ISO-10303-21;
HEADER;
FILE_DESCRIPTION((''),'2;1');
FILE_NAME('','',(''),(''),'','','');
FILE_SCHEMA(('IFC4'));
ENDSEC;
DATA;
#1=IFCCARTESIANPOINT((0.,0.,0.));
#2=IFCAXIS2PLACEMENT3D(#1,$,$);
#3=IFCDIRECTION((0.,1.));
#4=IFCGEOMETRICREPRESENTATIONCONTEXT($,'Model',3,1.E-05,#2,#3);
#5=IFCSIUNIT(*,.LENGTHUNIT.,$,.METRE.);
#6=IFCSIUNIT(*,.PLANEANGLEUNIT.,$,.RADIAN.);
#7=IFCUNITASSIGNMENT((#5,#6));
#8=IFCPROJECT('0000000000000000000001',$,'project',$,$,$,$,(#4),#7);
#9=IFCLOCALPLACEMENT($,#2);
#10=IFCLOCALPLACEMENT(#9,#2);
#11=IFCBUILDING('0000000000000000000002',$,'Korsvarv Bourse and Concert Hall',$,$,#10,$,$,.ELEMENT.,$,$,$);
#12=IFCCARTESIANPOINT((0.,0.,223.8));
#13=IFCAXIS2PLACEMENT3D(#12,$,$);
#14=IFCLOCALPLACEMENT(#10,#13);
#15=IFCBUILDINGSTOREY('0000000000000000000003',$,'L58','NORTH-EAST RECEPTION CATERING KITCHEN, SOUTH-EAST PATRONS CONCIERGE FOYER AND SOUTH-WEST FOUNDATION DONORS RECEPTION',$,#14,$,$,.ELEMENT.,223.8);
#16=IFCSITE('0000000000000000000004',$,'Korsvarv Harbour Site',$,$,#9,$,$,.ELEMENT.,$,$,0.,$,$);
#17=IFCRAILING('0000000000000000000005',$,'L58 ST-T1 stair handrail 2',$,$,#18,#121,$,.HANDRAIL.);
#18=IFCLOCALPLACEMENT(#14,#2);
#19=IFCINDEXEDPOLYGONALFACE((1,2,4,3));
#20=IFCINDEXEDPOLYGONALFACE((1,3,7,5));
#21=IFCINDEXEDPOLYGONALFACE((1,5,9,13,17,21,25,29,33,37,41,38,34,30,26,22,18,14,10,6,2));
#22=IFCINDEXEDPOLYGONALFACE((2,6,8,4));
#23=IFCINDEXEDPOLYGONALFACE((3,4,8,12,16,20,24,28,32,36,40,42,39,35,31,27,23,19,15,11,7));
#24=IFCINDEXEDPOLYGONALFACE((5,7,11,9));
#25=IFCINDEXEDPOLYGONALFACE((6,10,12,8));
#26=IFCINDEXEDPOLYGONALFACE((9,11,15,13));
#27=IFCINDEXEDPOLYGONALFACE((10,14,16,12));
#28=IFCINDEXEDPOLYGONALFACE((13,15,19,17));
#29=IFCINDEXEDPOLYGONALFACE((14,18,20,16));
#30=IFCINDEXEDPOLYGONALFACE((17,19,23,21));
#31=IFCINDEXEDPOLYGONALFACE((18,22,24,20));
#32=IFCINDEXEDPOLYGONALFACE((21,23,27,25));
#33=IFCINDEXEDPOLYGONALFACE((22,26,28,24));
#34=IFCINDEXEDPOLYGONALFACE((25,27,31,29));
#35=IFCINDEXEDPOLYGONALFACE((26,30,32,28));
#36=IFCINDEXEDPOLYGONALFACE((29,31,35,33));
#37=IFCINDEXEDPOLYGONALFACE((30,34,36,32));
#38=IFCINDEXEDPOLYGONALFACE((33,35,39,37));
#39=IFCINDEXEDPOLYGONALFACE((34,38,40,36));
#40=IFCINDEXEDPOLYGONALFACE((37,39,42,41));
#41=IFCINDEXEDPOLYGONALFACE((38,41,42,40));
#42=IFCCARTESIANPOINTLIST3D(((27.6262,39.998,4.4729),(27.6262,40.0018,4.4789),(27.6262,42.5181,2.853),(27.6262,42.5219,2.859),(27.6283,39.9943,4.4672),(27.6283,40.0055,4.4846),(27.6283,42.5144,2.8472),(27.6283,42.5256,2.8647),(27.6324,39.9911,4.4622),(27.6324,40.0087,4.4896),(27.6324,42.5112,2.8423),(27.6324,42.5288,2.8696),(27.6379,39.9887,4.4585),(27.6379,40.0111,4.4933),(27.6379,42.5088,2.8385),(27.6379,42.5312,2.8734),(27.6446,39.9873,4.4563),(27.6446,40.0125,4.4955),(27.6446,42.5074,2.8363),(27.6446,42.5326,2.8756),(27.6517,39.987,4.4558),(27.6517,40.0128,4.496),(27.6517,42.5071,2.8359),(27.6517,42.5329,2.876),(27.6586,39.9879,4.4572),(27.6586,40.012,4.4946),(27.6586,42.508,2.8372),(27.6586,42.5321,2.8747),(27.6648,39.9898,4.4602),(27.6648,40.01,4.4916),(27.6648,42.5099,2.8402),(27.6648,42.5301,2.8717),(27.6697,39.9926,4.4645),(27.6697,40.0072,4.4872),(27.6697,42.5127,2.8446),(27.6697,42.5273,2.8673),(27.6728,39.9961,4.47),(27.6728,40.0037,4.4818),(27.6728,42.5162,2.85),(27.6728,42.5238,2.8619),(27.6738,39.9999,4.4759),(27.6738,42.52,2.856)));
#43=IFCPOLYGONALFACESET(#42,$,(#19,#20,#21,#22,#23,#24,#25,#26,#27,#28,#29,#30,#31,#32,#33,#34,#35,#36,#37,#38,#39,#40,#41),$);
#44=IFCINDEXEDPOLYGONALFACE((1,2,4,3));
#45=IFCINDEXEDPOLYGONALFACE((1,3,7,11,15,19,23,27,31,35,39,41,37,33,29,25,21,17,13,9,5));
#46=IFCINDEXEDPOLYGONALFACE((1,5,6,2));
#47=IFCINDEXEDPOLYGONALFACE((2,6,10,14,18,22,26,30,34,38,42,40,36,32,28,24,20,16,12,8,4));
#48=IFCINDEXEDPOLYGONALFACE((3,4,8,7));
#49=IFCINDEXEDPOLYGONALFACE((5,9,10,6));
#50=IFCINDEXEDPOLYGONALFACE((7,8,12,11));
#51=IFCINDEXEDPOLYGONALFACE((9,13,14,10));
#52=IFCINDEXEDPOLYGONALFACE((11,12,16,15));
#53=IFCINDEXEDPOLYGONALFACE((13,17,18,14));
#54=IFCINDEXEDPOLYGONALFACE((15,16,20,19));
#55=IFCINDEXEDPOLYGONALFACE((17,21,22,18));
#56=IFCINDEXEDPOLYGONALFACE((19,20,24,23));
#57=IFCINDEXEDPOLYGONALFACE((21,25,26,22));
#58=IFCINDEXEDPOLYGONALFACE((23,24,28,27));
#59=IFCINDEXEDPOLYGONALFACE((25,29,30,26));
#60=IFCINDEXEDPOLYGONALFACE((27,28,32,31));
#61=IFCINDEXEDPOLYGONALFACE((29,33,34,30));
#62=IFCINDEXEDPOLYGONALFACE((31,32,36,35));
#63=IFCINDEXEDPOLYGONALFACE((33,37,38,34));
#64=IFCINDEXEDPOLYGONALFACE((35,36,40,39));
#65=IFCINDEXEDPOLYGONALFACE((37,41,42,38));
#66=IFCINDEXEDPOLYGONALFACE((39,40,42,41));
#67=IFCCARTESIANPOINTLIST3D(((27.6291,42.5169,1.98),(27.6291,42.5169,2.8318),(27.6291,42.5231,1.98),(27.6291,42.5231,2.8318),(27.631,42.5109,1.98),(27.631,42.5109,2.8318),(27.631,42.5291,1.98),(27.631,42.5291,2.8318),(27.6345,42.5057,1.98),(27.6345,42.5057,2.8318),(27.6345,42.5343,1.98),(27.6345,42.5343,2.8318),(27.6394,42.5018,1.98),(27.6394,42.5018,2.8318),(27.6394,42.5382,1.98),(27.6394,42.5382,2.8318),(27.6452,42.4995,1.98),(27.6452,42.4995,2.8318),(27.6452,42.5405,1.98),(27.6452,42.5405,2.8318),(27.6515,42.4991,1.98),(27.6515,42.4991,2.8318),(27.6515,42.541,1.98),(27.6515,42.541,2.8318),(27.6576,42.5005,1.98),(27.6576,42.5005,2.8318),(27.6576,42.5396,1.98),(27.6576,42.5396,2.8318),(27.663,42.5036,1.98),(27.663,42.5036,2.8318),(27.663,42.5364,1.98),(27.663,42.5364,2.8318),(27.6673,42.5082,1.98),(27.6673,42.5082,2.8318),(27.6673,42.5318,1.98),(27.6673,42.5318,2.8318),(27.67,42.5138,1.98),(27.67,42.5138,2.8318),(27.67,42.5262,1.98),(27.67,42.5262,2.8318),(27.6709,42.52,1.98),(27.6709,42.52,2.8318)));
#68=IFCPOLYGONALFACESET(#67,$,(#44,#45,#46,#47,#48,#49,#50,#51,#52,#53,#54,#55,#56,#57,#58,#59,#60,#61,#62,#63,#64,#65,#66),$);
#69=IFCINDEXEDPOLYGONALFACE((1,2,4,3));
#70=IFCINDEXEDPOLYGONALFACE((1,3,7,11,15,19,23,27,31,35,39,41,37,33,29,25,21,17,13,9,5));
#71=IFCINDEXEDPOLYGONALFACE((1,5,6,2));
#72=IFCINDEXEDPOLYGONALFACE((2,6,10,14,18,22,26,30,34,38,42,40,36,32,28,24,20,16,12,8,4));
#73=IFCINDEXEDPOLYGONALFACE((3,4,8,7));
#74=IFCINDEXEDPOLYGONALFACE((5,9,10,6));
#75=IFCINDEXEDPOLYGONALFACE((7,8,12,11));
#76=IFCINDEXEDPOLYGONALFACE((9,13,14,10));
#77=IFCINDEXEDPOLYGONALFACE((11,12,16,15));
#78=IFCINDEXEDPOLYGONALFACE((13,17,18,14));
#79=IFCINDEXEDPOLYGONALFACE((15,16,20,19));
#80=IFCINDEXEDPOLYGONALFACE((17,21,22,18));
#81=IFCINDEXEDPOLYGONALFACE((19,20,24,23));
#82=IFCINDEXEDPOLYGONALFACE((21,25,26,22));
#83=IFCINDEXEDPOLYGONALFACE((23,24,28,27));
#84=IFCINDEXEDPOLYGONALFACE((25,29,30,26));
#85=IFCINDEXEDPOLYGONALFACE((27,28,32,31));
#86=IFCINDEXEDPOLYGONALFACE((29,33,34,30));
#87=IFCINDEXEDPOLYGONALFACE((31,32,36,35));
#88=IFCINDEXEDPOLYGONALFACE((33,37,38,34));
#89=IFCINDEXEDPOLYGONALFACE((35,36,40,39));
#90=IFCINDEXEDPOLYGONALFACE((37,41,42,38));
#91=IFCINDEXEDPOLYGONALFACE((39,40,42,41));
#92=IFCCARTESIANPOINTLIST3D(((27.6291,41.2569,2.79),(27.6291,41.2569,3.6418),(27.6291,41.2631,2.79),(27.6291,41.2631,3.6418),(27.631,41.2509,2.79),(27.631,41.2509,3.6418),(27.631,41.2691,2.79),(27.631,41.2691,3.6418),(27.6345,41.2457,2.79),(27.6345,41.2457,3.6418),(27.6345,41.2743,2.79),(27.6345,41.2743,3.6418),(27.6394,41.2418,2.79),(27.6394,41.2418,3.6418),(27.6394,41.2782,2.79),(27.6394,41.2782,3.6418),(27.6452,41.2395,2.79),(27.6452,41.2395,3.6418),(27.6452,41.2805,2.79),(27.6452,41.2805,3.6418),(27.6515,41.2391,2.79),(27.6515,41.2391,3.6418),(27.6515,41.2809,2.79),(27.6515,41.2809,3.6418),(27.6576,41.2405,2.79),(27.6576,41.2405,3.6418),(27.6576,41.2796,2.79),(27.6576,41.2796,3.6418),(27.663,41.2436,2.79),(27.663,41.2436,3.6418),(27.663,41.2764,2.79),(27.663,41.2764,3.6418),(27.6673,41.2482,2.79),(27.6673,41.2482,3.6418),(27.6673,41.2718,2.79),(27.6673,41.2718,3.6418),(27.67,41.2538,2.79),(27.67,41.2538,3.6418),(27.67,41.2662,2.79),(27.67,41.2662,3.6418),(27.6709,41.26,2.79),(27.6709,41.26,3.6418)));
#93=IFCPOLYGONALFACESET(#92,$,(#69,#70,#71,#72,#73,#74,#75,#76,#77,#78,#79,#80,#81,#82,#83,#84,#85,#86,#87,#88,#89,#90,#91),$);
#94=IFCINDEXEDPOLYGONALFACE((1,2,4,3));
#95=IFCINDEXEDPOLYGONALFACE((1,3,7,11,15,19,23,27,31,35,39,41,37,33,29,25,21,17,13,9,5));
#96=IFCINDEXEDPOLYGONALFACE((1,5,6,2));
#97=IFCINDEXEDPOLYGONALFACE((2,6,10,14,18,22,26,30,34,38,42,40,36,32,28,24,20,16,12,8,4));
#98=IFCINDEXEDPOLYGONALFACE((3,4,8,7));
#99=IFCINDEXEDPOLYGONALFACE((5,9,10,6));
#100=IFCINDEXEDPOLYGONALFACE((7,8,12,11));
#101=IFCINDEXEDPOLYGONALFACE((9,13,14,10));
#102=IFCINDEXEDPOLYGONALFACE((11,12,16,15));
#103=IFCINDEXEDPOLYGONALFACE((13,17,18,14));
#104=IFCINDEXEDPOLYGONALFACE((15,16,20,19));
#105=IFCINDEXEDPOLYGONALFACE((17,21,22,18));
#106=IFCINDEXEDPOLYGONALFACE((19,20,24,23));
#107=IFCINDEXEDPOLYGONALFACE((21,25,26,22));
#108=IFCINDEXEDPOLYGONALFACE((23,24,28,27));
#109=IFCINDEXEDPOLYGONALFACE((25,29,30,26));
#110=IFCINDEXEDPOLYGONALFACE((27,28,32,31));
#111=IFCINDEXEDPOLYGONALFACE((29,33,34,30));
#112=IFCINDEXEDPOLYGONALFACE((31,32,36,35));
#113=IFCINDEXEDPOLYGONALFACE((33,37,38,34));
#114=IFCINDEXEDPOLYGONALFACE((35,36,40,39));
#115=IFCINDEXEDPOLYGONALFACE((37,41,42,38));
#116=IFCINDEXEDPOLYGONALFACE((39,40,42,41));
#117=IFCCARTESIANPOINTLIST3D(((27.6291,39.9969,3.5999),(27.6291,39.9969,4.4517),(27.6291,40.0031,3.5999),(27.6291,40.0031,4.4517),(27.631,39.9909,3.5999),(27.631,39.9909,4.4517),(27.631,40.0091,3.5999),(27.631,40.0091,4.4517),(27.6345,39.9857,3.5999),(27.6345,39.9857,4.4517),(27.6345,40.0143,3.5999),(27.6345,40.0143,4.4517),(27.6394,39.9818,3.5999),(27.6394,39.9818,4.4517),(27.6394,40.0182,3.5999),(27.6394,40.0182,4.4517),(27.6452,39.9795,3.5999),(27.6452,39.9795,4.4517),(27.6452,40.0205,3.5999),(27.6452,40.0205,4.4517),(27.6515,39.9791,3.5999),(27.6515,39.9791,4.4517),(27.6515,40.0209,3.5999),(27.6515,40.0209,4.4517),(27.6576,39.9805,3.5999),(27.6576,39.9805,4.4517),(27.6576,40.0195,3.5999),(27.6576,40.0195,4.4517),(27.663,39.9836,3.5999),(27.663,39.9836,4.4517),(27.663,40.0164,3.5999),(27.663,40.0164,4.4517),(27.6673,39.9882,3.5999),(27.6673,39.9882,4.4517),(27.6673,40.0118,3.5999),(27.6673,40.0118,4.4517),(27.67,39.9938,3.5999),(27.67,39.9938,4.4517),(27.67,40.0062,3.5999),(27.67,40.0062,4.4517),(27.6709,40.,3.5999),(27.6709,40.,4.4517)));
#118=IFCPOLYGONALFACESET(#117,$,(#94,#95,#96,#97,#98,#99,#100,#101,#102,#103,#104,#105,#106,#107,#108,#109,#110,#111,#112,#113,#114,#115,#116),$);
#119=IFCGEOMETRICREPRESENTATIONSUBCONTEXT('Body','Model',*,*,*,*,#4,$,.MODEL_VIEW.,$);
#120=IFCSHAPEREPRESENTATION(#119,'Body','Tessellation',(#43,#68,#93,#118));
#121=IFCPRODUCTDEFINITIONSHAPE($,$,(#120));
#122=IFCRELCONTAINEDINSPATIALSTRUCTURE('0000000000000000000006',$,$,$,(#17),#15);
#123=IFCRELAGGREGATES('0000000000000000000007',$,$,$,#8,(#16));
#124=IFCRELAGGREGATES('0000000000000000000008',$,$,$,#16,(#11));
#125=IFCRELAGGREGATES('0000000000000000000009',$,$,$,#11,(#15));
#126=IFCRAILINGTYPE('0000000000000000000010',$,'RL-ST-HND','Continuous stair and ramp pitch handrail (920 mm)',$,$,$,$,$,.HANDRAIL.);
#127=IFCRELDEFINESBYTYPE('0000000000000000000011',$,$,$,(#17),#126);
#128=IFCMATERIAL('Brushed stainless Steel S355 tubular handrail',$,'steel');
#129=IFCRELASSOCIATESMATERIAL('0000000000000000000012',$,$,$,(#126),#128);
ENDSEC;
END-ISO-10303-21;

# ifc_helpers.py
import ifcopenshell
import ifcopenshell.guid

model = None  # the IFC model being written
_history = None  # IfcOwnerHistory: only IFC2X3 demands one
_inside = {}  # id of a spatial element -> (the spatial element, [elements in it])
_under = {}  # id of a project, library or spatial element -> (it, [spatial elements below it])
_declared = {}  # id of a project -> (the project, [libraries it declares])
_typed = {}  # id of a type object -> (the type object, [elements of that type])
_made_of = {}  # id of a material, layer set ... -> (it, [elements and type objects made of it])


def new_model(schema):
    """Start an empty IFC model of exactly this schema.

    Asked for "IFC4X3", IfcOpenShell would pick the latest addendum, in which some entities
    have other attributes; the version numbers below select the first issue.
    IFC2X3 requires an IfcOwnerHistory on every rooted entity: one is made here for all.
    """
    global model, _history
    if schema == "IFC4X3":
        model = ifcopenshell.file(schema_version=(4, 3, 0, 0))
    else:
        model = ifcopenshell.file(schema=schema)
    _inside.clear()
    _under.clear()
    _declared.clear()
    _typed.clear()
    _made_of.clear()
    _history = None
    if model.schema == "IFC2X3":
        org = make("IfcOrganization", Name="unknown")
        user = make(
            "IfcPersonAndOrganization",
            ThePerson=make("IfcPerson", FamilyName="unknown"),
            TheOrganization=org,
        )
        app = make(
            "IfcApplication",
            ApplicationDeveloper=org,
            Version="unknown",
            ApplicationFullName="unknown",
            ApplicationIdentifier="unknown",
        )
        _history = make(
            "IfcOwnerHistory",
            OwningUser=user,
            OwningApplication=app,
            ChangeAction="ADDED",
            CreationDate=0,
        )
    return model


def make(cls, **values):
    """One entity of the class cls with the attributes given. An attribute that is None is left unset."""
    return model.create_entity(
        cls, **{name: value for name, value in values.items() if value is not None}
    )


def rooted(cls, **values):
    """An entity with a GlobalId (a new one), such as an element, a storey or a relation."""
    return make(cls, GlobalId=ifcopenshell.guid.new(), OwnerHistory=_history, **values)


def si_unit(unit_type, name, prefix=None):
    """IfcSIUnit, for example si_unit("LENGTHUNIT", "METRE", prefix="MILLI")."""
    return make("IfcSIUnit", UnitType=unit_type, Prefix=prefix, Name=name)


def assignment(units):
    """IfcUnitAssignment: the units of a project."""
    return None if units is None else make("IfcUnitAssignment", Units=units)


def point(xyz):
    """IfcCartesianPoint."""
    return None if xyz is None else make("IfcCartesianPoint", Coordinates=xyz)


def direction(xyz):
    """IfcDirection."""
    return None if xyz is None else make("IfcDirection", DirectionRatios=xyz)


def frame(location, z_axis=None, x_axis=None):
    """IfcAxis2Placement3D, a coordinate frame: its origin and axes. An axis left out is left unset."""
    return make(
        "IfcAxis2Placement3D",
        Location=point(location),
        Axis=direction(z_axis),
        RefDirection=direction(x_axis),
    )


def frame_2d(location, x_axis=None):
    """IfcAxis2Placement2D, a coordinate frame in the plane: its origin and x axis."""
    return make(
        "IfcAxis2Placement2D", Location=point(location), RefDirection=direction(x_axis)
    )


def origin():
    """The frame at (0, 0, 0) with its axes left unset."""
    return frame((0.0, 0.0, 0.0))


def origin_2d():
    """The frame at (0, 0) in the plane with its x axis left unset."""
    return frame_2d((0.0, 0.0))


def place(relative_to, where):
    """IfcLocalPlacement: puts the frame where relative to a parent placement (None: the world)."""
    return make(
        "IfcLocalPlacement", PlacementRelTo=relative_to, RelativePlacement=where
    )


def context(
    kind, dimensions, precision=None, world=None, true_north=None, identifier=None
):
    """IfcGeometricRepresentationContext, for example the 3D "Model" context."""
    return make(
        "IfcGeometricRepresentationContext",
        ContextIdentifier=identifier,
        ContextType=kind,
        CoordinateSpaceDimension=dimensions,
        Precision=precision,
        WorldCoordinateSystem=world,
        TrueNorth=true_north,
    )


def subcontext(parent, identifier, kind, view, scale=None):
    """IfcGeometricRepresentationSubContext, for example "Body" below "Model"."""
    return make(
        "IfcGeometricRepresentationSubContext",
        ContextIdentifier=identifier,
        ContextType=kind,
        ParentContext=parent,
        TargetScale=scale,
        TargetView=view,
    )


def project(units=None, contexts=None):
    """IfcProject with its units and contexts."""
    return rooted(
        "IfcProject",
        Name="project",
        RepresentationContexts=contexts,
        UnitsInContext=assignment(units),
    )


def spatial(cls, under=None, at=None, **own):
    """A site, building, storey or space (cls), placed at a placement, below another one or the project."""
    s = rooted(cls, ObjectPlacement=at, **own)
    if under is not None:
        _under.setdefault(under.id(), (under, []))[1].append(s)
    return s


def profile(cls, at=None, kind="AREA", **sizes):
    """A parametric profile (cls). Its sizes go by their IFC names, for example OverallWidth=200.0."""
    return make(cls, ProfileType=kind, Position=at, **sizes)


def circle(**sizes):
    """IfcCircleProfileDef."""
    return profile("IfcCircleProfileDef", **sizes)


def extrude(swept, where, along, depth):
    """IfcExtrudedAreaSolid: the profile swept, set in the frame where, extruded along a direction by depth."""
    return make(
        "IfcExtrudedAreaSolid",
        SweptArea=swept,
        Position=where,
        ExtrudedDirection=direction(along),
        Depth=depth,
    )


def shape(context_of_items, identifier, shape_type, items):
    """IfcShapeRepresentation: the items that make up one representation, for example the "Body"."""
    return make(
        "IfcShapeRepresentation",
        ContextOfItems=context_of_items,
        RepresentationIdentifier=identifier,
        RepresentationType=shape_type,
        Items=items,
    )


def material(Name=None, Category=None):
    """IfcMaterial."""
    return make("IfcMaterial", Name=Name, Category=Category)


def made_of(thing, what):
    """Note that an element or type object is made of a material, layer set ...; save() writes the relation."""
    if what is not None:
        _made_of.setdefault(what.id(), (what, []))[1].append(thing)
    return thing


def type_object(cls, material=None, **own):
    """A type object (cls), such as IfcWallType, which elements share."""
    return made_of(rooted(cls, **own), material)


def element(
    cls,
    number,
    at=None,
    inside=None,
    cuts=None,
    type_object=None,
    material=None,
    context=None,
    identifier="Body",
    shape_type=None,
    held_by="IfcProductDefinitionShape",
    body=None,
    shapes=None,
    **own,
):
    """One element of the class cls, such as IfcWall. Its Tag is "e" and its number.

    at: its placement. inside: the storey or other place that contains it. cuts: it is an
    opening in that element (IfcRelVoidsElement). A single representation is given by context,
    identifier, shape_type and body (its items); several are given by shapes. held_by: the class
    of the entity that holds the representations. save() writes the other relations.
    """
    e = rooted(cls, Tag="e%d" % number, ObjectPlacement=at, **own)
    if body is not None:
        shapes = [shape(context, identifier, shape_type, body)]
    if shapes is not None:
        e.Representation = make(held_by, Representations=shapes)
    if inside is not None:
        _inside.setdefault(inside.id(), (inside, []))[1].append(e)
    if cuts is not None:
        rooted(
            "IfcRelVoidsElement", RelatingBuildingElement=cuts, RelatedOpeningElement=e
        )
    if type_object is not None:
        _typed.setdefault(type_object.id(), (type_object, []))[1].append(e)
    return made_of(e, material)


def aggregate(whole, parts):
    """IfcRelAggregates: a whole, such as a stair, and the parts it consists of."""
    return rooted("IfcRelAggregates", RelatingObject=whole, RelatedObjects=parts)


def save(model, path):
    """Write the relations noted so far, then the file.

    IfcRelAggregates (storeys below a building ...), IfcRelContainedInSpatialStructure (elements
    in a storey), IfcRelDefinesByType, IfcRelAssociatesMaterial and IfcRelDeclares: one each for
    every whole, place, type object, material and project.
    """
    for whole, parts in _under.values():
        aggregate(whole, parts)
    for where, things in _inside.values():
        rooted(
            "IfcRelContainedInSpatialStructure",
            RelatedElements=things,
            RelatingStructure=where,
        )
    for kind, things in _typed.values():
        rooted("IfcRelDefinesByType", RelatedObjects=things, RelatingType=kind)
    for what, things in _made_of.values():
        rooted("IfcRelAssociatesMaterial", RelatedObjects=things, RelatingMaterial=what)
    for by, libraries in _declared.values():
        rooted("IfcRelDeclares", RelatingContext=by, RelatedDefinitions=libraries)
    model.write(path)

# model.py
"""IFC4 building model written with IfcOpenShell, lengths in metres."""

from ifc_helpers import new_model, si_unit, direction, frame, origin, origin_2d, place, context, subcontext, project, spatial, circle, extrude, material, type_object, element, save


model = new_model("IFC4")

# Units and contexts
model_context = context("Model", 3, precision=1e-05, world=origin(), true_north=direction((0.0, 1.0)))
body_context = subcontext(model_context, "Body", "Model", "MODEL_VIEW")
ifc_project = project(units=[si_unit("LENGTHUNIT", "METRE"), si_unit("PLANEANGLEUNIT", "RADIAN")], contexts=[model_context])

# Site, building, storey
site_placement = place(None, origin())
site = spatial("IfcSite", under=ifc_project, at=site_placement, Name="Korsvarv Harbour Site", CompositionType="ELEMENT", RefElevation=0.0)
building_placement = place(site_placement, origin())
building = spatial("IfcBuilding", under=site, at=building_placement, Name="Korsvarv Bourse and Concert Hall", CompositionType="ELEMENT")
storey_placement = place(building_placement, frame((0.0, 0.0, 223.8)))
storey = spatial("IfcBuildingStorey", under=building, at=storey_placement, Name="L58", Description="NORTH-EAST RECEPTION CATERING KITCHEN, SOUTH-EAST PATRONS CONCIERGE FOYER AND SOUTH-WEST FOUNDATION DONORS RECEPTION", CompositionType="ELEMENT", Elevation=223.8)

# Railing
ifc_material_1 = material(Name="Brushed stainless Steel S355 tubular handrail", Category="steel")
railing_type_1 = type_object("IfcRailingType", Name="RL-ST-HND", Description="Continuous stair and ramp pitch handrail (920 mm)", PredefinedType="HANDRAIL", material=ifc_material_1)
railing_1_placement = place(storey_placement, frame((27.6499, 42.52, 1.98)))
element("IfcRailing", 1, at=railing_1_placement, inside=storey, type_object=railing_type_1, Name="L58 ST-T1 stair handrail 2", PredefinedType="HANDRAIL", context=body_context, shape_type="SweptSolid", body=[
    extrude(circle(Radius=0.0239, at=origin_2d()), frame((0.0, 0.0, 0.876), z_axis=(0.0, -0.8412, 0.540725), x_axis=(1.0, 0.0, 0.0)), (0.0, 0.0, 1.0), 2.9958),
    extrude(circle(Radius=0.021, at=origin_2d()), origin(), (0.0, 0.0, 1.0), 0.8518),
    extrude(circle(Radius=0.021, at=origin_2d()), frame((0.0, -1.26, 0.8101)), (0.0, 0.0, 1.0), 0.8518),
    extrude(circle(Radius=0.021, at=origin_2d()), frame((0.0, -2.52, 1.6199)), (0.0, 0.0, 1.0), 0.8518),
])

save(model, "model.ifc")
